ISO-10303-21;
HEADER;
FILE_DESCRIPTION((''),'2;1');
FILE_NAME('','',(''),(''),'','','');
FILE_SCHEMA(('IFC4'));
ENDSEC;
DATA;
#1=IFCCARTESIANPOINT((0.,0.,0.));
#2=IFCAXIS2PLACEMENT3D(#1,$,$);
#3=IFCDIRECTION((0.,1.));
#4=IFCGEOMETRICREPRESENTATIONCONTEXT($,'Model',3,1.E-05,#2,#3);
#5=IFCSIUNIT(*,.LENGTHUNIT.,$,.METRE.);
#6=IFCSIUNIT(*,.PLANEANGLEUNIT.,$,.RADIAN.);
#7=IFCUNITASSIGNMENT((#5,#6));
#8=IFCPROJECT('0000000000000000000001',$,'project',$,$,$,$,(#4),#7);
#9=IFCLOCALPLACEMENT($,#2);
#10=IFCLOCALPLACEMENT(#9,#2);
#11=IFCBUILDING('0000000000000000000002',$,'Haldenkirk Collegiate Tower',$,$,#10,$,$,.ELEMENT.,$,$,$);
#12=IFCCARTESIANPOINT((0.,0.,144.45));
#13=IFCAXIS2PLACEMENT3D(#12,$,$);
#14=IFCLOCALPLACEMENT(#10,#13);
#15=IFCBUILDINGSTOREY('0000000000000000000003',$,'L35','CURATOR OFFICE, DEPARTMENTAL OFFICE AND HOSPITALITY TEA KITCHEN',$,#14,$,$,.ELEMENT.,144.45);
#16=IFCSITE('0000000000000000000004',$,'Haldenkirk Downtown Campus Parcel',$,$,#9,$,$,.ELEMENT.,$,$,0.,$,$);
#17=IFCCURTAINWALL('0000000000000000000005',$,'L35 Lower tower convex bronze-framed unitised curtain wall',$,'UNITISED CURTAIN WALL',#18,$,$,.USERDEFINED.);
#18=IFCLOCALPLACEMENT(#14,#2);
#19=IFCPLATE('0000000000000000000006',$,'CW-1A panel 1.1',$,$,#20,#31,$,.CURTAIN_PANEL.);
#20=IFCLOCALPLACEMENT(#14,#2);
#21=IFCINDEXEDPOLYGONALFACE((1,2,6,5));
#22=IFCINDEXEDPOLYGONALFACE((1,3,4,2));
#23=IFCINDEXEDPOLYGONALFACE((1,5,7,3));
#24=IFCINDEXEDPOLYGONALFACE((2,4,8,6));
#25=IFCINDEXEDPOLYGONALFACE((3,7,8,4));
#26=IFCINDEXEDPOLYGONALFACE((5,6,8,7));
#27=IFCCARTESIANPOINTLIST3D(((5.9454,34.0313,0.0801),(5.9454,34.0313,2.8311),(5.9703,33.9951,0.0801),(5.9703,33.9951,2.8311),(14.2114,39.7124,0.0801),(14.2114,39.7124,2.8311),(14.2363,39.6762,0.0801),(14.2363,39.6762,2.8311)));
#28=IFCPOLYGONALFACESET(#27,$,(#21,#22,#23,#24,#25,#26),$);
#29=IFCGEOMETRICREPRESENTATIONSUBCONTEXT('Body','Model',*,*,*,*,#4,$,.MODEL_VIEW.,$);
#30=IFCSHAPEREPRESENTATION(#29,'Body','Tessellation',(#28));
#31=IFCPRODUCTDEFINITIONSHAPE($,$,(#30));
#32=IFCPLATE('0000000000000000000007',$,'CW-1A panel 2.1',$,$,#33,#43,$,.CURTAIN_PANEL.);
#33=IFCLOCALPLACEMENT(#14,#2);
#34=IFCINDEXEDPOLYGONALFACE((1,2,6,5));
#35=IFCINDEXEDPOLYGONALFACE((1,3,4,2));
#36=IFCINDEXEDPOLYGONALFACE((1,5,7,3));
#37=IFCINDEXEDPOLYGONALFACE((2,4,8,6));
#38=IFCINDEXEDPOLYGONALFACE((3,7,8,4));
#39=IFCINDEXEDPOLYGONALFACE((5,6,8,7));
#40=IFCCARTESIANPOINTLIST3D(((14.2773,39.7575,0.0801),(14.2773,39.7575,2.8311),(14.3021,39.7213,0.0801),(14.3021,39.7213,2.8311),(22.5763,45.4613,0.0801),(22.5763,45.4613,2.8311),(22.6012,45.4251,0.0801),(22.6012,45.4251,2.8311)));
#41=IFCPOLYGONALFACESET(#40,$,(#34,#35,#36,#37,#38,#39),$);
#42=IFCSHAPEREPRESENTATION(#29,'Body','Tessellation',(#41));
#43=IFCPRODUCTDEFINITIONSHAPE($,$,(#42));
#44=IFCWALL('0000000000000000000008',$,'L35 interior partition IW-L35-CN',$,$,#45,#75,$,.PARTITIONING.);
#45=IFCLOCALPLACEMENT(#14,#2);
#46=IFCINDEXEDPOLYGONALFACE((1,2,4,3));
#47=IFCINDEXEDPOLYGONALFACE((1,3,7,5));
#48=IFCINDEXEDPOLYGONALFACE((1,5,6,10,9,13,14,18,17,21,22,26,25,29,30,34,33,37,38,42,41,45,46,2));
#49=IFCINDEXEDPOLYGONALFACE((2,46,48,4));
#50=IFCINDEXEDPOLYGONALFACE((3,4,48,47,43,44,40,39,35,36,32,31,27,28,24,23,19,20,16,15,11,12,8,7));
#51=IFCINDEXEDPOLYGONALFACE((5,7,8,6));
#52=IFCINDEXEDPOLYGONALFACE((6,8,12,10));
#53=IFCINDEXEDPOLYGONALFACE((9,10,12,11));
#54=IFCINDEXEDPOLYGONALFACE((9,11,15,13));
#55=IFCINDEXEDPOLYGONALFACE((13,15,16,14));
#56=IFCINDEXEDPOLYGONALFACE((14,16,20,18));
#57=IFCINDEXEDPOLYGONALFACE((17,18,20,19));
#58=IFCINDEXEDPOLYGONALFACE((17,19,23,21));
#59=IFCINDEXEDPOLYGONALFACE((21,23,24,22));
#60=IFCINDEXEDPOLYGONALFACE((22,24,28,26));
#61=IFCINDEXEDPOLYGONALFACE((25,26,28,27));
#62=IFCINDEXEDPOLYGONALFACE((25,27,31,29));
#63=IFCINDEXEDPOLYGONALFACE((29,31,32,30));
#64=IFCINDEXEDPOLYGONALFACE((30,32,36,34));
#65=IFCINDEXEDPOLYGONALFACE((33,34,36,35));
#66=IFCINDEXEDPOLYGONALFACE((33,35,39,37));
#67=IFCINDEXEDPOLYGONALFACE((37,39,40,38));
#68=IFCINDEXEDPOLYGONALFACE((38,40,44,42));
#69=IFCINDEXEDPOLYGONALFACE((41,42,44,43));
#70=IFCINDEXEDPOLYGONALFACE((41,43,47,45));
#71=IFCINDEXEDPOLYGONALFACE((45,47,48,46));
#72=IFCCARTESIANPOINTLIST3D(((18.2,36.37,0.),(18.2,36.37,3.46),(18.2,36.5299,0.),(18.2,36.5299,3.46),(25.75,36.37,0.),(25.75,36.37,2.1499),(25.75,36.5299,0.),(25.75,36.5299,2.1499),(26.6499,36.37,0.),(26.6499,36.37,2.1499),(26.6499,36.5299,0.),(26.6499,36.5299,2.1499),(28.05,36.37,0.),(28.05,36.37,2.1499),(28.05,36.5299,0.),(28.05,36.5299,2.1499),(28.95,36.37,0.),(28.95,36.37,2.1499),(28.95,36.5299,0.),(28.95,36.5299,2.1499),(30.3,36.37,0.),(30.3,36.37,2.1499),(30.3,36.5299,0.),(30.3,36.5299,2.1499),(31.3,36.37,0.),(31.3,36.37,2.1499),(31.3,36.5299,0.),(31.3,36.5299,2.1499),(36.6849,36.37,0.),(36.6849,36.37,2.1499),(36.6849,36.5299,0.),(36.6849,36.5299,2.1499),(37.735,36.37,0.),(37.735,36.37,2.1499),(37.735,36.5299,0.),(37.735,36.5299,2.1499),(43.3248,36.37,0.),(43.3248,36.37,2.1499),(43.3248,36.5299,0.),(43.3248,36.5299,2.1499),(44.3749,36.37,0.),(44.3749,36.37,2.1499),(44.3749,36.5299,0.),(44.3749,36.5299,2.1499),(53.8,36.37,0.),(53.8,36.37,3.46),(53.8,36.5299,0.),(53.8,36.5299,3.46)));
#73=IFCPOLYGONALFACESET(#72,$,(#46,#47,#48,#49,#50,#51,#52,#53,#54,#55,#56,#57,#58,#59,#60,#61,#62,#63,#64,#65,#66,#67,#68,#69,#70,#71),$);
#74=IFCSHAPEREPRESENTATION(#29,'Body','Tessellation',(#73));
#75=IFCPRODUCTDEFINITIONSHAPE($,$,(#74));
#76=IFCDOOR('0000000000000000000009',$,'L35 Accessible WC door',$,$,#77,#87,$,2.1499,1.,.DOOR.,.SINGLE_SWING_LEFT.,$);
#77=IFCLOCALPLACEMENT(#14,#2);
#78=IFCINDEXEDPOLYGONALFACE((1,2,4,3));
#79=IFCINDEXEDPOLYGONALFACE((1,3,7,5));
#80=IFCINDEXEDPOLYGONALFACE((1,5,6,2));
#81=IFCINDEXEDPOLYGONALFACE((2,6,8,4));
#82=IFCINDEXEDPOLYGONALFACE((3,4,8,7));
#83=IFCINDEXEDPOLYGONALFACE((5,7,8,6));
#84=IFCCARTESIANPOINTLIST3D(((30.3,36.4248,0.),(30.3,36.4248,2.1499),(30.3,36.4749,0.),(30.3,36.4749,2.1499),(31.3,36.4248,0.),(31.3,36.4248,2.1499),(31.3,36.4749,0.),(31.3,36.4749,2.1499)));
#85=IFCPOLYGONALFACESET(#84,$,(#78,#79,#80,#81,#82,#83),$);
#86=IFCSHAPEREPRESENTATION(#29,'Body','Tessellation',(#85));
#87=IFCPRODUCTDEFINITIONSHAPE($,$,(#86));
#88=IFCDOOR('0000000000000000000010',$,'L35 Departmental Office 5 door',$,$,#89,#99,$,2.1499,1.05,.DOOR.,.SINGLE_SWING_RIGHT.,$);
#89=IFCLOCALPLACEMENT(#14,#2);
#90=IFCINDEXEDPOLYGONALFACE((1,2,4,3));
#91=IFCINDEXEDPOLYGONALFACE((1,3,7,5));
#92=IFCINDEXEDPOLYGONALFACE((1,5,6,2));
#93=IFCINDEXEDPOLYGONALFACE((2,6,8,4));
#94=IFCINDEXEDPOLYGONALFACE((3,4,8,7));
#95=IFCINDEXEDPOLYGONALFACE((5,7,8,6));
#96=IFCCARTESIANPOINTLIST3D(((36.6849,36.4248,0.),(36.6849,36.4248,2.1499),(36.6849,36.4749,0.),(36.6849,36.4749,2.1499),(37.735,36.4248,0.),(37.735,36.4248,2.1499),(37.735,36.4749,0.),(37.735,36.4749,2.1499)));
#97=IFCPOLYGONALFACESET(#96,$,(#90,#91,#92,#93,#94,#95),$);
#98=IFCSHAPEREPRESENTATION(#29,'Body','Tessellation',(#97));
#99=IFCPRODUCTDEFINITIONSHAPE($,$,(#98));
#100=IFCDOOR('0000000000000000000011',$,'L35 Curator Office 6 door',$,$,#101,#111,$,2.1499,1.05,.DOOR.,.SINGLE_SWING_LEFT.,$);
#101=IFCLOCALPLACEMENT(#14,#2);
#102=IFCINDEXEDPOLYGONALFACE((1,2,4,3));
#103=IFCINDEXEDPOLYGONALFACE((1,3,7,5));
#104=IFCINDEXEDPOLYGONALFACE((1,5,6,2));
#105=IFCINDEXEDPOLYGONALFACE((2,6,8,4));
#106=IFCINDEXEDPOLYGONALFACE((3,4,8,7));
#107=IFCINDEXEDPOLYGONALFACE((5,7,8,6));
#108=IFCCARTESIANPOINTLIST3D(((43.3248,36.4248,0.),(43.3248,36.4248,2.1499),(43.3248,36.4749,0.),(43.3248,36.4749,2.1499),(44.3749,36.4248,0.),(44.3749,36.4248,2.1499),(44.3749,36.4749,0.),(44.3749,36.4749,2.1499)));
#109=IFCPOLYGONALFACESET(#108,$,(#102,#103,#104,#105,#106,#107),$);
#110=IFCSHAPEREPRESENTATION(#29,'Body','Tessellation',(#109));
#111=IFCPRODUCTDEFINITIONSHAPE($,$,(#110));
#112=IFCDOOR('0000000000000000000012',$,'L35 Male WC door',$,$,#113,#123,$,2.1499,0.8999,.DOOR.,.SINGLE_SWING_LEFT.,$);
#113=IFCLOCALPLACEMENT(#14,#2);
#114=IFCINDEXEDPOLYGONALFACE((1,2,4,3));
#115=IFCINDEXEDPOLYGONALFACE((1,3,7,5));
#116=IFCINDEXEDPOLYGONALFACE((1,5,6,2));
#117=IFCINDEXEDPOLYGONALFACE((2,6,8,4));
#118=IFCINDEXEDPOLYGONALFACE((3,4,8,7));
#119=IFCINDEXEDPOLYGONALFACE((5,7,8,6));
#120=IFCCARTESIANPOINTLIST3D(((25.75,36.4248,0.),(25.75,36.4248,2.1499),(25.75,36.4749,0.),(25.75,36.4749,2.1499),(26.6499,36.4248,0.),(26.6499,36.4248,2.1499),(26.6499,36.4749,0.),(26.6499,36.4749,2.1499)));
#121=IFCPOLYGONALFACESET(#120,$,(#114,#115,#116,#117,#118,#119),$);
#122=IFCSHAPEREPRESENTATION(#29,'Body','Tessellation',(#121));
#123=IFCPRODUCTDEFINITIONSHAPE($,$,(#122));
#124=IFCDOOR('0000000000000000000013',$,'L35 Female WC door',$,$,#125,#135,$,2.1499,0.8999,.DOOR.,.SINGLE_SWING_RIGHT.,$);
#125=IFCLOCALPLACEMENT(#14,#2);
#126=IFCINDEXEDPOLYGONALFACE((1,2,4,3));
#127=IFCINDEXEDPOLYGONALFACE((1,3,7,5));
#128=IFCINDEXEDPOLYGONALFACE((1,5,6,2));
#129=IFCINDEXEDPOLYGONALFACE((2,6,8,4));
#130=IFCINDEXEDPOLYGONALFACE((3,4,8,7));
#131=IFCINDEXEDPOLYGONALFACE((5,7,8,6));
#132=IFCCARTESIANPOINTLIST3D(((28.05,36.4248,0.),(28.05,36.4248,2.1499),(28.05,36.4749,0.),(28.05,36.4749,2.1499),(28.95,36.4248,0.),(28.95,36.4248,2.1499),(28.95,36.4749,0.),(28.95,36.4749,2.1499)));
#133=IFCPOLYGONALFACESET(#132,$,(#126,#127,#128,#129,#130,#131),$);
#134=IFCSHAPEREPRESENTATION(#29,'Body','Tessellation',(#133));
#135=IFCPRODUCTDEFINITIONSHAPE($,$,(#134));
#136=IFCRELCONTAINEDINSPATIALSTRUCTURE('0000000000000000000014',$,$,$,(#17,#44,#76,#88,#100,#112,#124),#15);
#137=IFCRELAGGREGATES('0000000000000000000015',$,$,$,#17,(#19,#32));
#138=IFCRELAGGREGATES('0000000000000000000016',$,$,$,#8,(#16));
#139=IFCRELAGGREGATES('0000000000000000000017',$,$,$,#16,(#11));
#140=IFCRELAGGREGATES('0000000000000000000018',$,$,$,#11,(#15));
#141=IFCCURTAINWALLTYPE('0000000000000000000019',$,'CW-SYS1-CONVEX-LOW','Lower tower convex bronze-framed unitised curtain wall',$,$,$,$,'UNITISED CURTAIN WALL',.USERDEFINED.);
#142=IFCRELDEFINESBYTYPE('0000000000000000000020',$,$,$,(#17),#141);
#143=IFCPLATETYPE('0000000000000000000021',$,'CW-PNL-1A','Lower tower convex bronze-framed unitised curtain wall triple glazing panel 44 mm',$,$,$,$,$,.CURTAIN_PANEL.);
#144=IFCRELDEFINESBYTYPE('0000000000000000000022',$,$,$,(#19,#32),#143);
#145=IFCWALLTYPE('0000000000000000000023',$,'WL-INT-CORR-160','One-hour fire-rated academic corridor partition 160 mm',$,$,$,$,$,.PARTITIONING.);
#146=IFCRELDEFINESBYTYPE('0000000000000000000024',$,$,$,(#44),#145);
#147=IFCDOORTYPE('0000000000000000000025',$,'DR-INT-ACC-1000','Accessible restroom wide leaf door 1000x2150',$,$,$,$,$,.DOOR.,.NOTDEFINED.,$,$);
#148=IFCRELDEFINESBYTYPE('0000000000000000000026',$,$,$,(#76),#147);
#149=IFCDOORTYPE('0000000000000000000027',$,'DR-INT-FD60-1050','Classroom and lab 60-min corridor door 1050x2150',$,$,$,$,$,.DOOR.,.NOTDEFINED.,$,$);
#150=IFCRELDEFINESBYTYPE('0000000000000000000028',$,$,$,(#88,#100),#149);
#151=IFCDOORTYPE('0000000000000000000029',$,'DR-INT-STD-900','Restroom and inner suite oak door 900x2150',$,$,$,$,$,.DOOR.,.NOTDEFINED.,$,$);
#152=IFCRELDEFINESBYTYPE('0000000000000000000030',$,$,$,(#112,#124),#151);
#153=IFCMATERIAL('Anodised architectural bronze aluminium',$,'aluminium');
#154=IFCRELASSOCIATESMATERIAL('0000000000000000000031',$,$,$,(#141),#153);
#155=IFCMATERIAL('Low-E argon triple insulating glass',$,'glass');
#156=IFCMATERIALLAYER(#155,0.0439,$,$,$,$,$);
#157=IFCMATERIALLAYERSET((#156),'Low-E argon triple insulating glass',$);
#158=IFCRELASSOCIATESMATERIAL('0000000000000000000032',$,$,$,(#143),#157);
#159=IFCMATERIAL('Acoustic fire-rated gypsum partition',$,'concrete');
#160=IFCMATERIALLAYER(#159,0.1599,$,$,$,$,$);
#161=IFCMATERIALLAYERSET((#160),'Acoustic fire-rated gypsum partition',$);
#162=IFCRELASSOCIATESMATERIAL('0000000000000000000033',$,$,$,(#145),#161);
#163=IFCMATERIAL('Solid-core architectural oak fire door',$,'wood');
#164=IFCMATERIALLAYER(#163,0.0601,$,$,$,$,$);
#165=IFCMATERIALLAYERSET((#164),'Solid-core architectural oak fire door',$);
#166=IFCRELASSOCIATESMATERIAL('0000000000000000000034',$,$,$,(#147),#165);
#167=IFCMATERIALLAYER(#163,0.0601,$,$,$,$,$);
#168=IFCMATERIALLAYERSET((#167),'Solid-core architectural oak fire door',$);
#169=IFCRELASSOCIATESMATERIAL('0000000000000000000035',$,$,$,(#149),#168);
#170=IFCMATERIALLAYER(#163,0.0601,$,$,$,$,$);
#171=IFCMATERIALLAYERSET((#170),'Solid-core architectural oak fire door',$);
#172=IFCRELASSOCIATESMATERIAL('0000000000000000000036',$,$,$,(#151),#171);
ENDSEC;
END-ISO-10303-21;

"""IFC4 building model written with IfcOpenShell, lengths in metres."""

from ifc_helpers import new_model, si_unit, direction, frame, frame_2d, origin, origin_2d, place, context, subcontext, project, spatial, rectangle, extrude, source, transform, mapped, material, layer, layer_set, type_object, element, fill, aggregate, save


model = new_model("IFC4")

# Units and contexts
model_context = context("Model", 3, precision=1e-05, world=origin(), true_north=direction((0.0, 1.0)))
body_context = subcontext(model_context, "Body", "Model", "MODEL_VIEW")
ifc_project = project(units=[si_unit("LENGTHUNIT", "METRE"), si_unit("PLANEANGLEUNIT", "RADIAN")], contexts=[model_context])

# Site, building, storey
site_placement = place(None, origin())
site = spatial("IfcSite", under=ifc_project, at=site_placement, Name="Haldenkirk Downtown Campus Parcel", CompositionType="ELEMENT", RefElevation=0.0)
building_placement = place(site_placement, origin())
building = spatial("IfcBuilding", under=site, at=building_placement, Name="Haldenkirk Collegiate Tower", CompositionType="ELEMENT")
storey_placement = place(building_placement, frame((0.0, 0.0, 144.45)))
storey = spatial("IfcBuildingStorey", under=building, at=storey_placement, Name="L35", Description="CURATOR OFFICE, DEPARTMENTAL OFFICE AND HOSPITALITY TEA KITCHEN", CompositionType="ELEMENT", Elevation=144.45)

# Curtain wall, plates
ifc_material_1 = material(Name="Anodised architectural bronze aluminium", Category="aluminium")
curtain_wall_type = type_object("IfcCurtainWallType", Name="CW-SYS1-CONVEX-LOW", Description="Lower tower convex bronze-framed unitised curtain wall", ElementType="UNITISED CURTAIN WALL", PredefinedType="USERDEFINED", material=ifc_material_1)
curtain_wall_placement = place(storey_placement, origin())
curtain_wall = element("IfcCurtainWall", 1, at=curtain_wall_placement, inside=storey, type_object=curtain_wall_type, Name="L35 Lower tower convex bronze-framed unitised curtain wall", ObjectType="UNITISED CURTAIN WALL", PredefinedType="USERDEFINED")
ifc_material_2 = material(Name="Low-E argon triple insulating glass", Category="glass")
ifc_layer_1 = layer(ifc_material_2, 0.0439)
ifc_layer_set_1 = layer_set([ifc_layer_1], Name="Low-E argon triple insulating glass")
plate_type = type_object("IfcPlateType", Name="CW-PNL-1A", Description="Lower tower convex bronze-framed unitised curtain wall triple glazing panel 44 mm", PredefinedType="CURTAIN_PANEL", material=ifc_layer_set_1)
shared_shape_1 = source(origin(), body_context, "Body", "SweptSolid", [
    extrude(rectangle(XDim=10.03, YDim=0.0439, at=origin_2d()), origin(), (0.0, 0.0, 1.0), 2.751),
])
plate_1_placement = place(storey_placement, frame((10.0908, 36.8538, 0.0801), z_axis=(0.0, 0.0, 1.0), x_axis=(0.824127, 0.566405, 0.0)))
plate_1 = element("IfcPlate", 2, at=plate_1_placement, type_object=plate_type, Name="CW-1A panel 1.1", PredefinedType="CURTAIN_PANEL", context=body_context, shape_type="MappedRepresentation", body=[
    mapped(shared_shape_1, transform((0.0, 0.0, 0.0), x_axis=(1.0, 0.0, 0.0), y_axis=(0.0, 1.0, 0.0), z_axis=(0.0, 0.0, 1.0), scale=1.0)),
])
shared_shape_2 = source(origin(), body_context, "Body", "SweptSolid", [
    extrude(rectangle(XDim=10.0701, YDim=0.0439, at=origin_2d()), origin(), (0.0, 0.0, 1.0), 2.751),
])
plate_2_placement = place(storey_placement, frame((18.4392, 42.5913, 0.0801), z_axis=(0.0, 0.0, 1.0), x_axis=(0.824127, 0.566405, 0.0)))
plate_2 = element("IfcPlate", 3, at=plate_2_placement, type_object=plate_type, Name="CW-1A panel 2.1", PredefinedType="CURTAIN_PANEL", context=body_context, shape_type="MappedRepresentation", body=[
    mapped(shared_shape_2, transform((0.0, 0.0, 0.0), x_axis=(1.0, 0.0, 0.0), y_axis=(0.0, 1.0, 0.0), z_axis=(0.0, 0.0, 1.0), scale=1.0)),
])
aggregate(curtain_wall, [plate_1, plate_2])

# Wall, openings, doors
ifc_material_3 = material(Name="Acoustic fire-rated gypsum partition", Category="concrete")
ifc_layer_2 = layer(ifc_material_3, 0.1599)
ifc_layer_set_2 = layer_set([ifc_layer_2], Name="Acoustic fire-rated gypsum partition")
wall_type_1 = type_object("IfcWallType", Name="WL-INT-CORR-160", Description="One-hour fire-rated academic corridor partition 160 mm", PredefinedType="PARTITIONING", material=ifc_layer_set_2)
wall_1_placement = place(storey_placement, frame((18.2, 36.45, 0.0), z_axis=(0.0, 0.0, 1.0), x_axis=(1.0, 0.0, 0.0)))
wall_1 = element("IfcWall", 4, at=wall_1_placement, inside=storey, type_object=wall_type_1, Name="L35 interior partition IW-L35-CN", PredefinedType="PARTITIONING", context=body_context, shape_type="SweptSolid", body=[
    extrude(rectangle(XDim=35.6001, YDim=0.1599, at=frame_2d((17.8, 0.0))), origin(), (0.0, 0.0, 1.0), 3.46),
])
opening_1_placement = place(wall_1_placement, frame((7.55, 0.0, 0.0)))
opening_1 = element("IfcOpeningElement", 5, at=opening_1_placement, cuts=wall_1, PredefinedType="OPENING", context=body_context, shape_type="SweptSolid", body=[
    extrude(rectangle(XDim=0.8999, YDim=2.1499, at=frame_2d((0.45, 1.075))), frame((0.0, 0.0898, 0.0), z_axis=(0.0, -1.0, 0.0), x_axis=(1.0, 0.0, 0.0)), (0.0, 0.0, 1.0), 0.1799),
])
opening_2_placement = place(wall_1_placement, frame((9.8501, 0.0, 0.0)))
opening_2 = element("IfcOpeningElement", 6, at=opening_2_placement, cuts=wall_1, PredefinedType="OPENING", context=body_context, shape_type="SweptSolid", body=[
    extrude(rectangle(XDim=0.8999, YDim=2.1499, at=frame_2d((0.45, 1.075))), frame((0.0, 0.0898, 0.0), z_axis=(0.0, -1.0, 0.0), x_axis=(1.0, 0.0, 0.0)), (0.0, 0.0, 1.0), 0.1799),
])
opening_3_placement = place(wall_1_placement, frame((12.1001, 0.0, 0.0)))
opening_3 = element("IfcOpeningElement", 7, at=opening_3_placement, cuts=wall_1, PredefinedType="OPENING", context=body_context, shape_type="SweptSolid", body=[
    extrude(rectangle(XDim=1.0, YDim=2.1499, at=frame_2d((0.5, 1.075))), frame((0.0, 0.0898, 0.0), z_axis=(0.0, -1.0, 0.0), x_axis=(1.0, 0.0, 0.0)), (0.0, 0.0, 1.0), 0.1799),
])
opening_4_placement = place(wall_1_placement, frame((18.4851, 0.0, 0.0)))
opening_4 = element("IfcOpeningElement", 8, at=opening_4_placement, cuts=wall_1, PredefinedType="OPENING", context=body_context, shape_type="SweptSolid", body=[
    extrude(rectangle(XDim=1.05, YDim=2.1499, at=frame_2d((0.5249, 1.075))), frame((0.0, 0.0898, 0.0), z_axis=(0.0, -1.0, 0.0), x_axis=(1.0, 0.0, 0.0)), (0.0, 0.0, 1.0), 0.1799),
])
opening_5_placement = place(wall_1_placement, frame((25.125, 0.0, 0.0)))
opening_5 = element("IfcOpeningElement", 9, at=opening_5_placement, cuts=wall_1, PredefinedType="OPENING", context=body_context, shape_type="SweptSolid", body=[
    extrude(rectangle(XDim=1.05, YDim=2.1499, at=frame_2d((0.5249, 1.075))), frame((0.0, 0.0898, 0.0), z_axis=(0.0, -1.0, 0.0), x_axis=(1.0, 0.0, 0.0)), (0.0, 0.0, 1.0), 0.1799),
])
ifc_material_4 = material(Name="Solid-core architectural oak fire door", Category="wood")
ifc_layer_3 = layer(ifc_material_4, 0.0601)
ifc_layer_set_3 = layer_set([ifc_layer_3], Name="Solid-core architectural oak fire door")
door_type_1 = type_object("IfcDoorType", Name="DR-INT-ACC-1000", Description="Accessible restroom wide leaf door 1000x2150", OperationType="NOTDEFINED", PredefinedType="DOOR", material=ifc_layer_set_3)
door_1_placement = place(opening_3_placement, origin())
door_1 = element("IfcDoor", 10, at=door_1_placement, inside=storey, type_object=door_type_1, Name="L35 Accessible WC door", OperationType="SINGLE_SWING_LEFT", OverallHeight=2.1499, OverallWidth=1.0, PredefinedType="DOOR", context=body_context, shape_type="SweptSolid", body=[
    extrude(rectangle(XDim=1.0, YDim=2.1499, at=frame_2d((0.5, 1.075))), frame((0.0, 0.0249, 0.0), z_axis=(0.0, -1.0, 0.0), x_axis=(1.0, 0.0, 0.0)), (0.0, 0.0, 1.0), 0.05),
])
fill(opening_3, door_1)
ifc_layer_4 = layer(ifc_material_4, 0.0601)
ifc_layer_set_4 = layer_set([ifc_layer_4], Name="Solid-core architectural oak fire door")
door_type_2 = type_object("IfcDoorType", Name="DR-INT-FD60-1050", Description="Classroom and lab 60-min corridor door 1050x2150", OperationType="NOTDEFINED", PredefinedType="DOOR", material=ifc_layer_set_4)
door_2_placement = place(opening_4_placement, origin())
door_2 = element("IfcDoor", 11, at=door_2_placement, inside=storey, type_object=door_type_2, Name="L35 Departmental Office 5 door", OperationType="SINGLE_SWING_RIGHT", OverallHeight=2.1499, OverallWidth=1.05, PredefinedType="DOOR", context=body_context, shape_type="SweptSolid", body=[
    extrude(rectangle(XDim=1.05, YDim=2.1499, at=frame_2d((0.5249, 1.075))), frame((0.0, 0.0249, 0.0), z_axis=(0.0, -1.0, 0.0), x_axis=(1.0, 0.0, 0.0)), (0.0, 0.0, 1.0), 0.05),
])
fill(opening_4, door_2)
door_3_placement = place(opening_5_placement, origin())
door_3 = element("IfcDoor", 12, at=door_3_placement, inside=storey, type_object=door_type_2, Name="L35 Curator Office 6 door", OperationType="SINGLE_SWING_LEFT", OverallHeight=2.1499, OverallWidth=1.05, PredefinedType="DOOR", context=body_context, shape_type="SweptSolid", body=[
    extrude(rectangle(XDim=1.05, YDim=2.1499, at=frame_2d((0.5249, 1.075))), frame((0.0, 0.0249, 0.0), z_axis=(0.0, -1.0, 0.0), x_axis=(1.0, 0.0, 0.0)), (0.0, 0.0, 1.0), 0.05),
])
fill(opening_5, door_3)
ifc_layer_5 = layer(ifc_material_4, 0.0601)
ifc_layer_set_5 = layer_set([ifc_layer_5], Name="Solid-core architectural oak fire door")
door_type_3 = type_object("IfcDoorType", Name="DR-INT-STD-900", Description="Restroom and inner suite oak door 900x2150", OperationType="NOTDEFINED", PredefinedType="DOOR", material=ifc_layer_set_5)
door_4_placement = place(opening_1_placement, origin())
door_4 = element("IfcDoor", 13, at=door_4_placement, inside=storey, type_object=door_type_3, Name="L35 Male WC door", OperationType="SINGLE_SWING_LEFT", OverallHeight=2.1499, OverallWidth=0.8999, PredefinedType="DOOR", context=body_context, shape_type="SweptSolid", body=[
    extrude(rectangle(XDim=0.8999, YDim=2.1499, at=frame_2d((0.45, 1.075))), frame((0.0, 0.0249, 0.0), z_axis=(0.0, -1.0, 0.0), x_axis=(1.0, 0.0, 0.0)), (0.0, 0.0, 1.0), 0.05),
])
fill(opening_1, door_4)
door_5_placement = place(opening_2_placement, origin())
door_5 = element("IfcDoor", 14, at=door_5_placement, inside=storey, type_object=door_type_3, Name="L35 Female WC door", OperationType="SINGLE_SWING_RIGHT", OverallHeight=2.1499, OverallWidth=0.8999, PredefinedType="DOOR", context=body_context, shape_type="SweptSolid", body=[
    extrude(rectangle(XDim=0.8999, YDim=2.1499, at=frame_2d((0.45, 1.075))), frame((0.0, 0.0249, 0.0), z_axis=(0.0, -1.0, 0.0), x_axis=(1.0, 0.0, 0.0)), (0.0, 0.0, 1.0), 0.05),
])
fill(opening_2, door_5)

save(model, "model.ifc")
